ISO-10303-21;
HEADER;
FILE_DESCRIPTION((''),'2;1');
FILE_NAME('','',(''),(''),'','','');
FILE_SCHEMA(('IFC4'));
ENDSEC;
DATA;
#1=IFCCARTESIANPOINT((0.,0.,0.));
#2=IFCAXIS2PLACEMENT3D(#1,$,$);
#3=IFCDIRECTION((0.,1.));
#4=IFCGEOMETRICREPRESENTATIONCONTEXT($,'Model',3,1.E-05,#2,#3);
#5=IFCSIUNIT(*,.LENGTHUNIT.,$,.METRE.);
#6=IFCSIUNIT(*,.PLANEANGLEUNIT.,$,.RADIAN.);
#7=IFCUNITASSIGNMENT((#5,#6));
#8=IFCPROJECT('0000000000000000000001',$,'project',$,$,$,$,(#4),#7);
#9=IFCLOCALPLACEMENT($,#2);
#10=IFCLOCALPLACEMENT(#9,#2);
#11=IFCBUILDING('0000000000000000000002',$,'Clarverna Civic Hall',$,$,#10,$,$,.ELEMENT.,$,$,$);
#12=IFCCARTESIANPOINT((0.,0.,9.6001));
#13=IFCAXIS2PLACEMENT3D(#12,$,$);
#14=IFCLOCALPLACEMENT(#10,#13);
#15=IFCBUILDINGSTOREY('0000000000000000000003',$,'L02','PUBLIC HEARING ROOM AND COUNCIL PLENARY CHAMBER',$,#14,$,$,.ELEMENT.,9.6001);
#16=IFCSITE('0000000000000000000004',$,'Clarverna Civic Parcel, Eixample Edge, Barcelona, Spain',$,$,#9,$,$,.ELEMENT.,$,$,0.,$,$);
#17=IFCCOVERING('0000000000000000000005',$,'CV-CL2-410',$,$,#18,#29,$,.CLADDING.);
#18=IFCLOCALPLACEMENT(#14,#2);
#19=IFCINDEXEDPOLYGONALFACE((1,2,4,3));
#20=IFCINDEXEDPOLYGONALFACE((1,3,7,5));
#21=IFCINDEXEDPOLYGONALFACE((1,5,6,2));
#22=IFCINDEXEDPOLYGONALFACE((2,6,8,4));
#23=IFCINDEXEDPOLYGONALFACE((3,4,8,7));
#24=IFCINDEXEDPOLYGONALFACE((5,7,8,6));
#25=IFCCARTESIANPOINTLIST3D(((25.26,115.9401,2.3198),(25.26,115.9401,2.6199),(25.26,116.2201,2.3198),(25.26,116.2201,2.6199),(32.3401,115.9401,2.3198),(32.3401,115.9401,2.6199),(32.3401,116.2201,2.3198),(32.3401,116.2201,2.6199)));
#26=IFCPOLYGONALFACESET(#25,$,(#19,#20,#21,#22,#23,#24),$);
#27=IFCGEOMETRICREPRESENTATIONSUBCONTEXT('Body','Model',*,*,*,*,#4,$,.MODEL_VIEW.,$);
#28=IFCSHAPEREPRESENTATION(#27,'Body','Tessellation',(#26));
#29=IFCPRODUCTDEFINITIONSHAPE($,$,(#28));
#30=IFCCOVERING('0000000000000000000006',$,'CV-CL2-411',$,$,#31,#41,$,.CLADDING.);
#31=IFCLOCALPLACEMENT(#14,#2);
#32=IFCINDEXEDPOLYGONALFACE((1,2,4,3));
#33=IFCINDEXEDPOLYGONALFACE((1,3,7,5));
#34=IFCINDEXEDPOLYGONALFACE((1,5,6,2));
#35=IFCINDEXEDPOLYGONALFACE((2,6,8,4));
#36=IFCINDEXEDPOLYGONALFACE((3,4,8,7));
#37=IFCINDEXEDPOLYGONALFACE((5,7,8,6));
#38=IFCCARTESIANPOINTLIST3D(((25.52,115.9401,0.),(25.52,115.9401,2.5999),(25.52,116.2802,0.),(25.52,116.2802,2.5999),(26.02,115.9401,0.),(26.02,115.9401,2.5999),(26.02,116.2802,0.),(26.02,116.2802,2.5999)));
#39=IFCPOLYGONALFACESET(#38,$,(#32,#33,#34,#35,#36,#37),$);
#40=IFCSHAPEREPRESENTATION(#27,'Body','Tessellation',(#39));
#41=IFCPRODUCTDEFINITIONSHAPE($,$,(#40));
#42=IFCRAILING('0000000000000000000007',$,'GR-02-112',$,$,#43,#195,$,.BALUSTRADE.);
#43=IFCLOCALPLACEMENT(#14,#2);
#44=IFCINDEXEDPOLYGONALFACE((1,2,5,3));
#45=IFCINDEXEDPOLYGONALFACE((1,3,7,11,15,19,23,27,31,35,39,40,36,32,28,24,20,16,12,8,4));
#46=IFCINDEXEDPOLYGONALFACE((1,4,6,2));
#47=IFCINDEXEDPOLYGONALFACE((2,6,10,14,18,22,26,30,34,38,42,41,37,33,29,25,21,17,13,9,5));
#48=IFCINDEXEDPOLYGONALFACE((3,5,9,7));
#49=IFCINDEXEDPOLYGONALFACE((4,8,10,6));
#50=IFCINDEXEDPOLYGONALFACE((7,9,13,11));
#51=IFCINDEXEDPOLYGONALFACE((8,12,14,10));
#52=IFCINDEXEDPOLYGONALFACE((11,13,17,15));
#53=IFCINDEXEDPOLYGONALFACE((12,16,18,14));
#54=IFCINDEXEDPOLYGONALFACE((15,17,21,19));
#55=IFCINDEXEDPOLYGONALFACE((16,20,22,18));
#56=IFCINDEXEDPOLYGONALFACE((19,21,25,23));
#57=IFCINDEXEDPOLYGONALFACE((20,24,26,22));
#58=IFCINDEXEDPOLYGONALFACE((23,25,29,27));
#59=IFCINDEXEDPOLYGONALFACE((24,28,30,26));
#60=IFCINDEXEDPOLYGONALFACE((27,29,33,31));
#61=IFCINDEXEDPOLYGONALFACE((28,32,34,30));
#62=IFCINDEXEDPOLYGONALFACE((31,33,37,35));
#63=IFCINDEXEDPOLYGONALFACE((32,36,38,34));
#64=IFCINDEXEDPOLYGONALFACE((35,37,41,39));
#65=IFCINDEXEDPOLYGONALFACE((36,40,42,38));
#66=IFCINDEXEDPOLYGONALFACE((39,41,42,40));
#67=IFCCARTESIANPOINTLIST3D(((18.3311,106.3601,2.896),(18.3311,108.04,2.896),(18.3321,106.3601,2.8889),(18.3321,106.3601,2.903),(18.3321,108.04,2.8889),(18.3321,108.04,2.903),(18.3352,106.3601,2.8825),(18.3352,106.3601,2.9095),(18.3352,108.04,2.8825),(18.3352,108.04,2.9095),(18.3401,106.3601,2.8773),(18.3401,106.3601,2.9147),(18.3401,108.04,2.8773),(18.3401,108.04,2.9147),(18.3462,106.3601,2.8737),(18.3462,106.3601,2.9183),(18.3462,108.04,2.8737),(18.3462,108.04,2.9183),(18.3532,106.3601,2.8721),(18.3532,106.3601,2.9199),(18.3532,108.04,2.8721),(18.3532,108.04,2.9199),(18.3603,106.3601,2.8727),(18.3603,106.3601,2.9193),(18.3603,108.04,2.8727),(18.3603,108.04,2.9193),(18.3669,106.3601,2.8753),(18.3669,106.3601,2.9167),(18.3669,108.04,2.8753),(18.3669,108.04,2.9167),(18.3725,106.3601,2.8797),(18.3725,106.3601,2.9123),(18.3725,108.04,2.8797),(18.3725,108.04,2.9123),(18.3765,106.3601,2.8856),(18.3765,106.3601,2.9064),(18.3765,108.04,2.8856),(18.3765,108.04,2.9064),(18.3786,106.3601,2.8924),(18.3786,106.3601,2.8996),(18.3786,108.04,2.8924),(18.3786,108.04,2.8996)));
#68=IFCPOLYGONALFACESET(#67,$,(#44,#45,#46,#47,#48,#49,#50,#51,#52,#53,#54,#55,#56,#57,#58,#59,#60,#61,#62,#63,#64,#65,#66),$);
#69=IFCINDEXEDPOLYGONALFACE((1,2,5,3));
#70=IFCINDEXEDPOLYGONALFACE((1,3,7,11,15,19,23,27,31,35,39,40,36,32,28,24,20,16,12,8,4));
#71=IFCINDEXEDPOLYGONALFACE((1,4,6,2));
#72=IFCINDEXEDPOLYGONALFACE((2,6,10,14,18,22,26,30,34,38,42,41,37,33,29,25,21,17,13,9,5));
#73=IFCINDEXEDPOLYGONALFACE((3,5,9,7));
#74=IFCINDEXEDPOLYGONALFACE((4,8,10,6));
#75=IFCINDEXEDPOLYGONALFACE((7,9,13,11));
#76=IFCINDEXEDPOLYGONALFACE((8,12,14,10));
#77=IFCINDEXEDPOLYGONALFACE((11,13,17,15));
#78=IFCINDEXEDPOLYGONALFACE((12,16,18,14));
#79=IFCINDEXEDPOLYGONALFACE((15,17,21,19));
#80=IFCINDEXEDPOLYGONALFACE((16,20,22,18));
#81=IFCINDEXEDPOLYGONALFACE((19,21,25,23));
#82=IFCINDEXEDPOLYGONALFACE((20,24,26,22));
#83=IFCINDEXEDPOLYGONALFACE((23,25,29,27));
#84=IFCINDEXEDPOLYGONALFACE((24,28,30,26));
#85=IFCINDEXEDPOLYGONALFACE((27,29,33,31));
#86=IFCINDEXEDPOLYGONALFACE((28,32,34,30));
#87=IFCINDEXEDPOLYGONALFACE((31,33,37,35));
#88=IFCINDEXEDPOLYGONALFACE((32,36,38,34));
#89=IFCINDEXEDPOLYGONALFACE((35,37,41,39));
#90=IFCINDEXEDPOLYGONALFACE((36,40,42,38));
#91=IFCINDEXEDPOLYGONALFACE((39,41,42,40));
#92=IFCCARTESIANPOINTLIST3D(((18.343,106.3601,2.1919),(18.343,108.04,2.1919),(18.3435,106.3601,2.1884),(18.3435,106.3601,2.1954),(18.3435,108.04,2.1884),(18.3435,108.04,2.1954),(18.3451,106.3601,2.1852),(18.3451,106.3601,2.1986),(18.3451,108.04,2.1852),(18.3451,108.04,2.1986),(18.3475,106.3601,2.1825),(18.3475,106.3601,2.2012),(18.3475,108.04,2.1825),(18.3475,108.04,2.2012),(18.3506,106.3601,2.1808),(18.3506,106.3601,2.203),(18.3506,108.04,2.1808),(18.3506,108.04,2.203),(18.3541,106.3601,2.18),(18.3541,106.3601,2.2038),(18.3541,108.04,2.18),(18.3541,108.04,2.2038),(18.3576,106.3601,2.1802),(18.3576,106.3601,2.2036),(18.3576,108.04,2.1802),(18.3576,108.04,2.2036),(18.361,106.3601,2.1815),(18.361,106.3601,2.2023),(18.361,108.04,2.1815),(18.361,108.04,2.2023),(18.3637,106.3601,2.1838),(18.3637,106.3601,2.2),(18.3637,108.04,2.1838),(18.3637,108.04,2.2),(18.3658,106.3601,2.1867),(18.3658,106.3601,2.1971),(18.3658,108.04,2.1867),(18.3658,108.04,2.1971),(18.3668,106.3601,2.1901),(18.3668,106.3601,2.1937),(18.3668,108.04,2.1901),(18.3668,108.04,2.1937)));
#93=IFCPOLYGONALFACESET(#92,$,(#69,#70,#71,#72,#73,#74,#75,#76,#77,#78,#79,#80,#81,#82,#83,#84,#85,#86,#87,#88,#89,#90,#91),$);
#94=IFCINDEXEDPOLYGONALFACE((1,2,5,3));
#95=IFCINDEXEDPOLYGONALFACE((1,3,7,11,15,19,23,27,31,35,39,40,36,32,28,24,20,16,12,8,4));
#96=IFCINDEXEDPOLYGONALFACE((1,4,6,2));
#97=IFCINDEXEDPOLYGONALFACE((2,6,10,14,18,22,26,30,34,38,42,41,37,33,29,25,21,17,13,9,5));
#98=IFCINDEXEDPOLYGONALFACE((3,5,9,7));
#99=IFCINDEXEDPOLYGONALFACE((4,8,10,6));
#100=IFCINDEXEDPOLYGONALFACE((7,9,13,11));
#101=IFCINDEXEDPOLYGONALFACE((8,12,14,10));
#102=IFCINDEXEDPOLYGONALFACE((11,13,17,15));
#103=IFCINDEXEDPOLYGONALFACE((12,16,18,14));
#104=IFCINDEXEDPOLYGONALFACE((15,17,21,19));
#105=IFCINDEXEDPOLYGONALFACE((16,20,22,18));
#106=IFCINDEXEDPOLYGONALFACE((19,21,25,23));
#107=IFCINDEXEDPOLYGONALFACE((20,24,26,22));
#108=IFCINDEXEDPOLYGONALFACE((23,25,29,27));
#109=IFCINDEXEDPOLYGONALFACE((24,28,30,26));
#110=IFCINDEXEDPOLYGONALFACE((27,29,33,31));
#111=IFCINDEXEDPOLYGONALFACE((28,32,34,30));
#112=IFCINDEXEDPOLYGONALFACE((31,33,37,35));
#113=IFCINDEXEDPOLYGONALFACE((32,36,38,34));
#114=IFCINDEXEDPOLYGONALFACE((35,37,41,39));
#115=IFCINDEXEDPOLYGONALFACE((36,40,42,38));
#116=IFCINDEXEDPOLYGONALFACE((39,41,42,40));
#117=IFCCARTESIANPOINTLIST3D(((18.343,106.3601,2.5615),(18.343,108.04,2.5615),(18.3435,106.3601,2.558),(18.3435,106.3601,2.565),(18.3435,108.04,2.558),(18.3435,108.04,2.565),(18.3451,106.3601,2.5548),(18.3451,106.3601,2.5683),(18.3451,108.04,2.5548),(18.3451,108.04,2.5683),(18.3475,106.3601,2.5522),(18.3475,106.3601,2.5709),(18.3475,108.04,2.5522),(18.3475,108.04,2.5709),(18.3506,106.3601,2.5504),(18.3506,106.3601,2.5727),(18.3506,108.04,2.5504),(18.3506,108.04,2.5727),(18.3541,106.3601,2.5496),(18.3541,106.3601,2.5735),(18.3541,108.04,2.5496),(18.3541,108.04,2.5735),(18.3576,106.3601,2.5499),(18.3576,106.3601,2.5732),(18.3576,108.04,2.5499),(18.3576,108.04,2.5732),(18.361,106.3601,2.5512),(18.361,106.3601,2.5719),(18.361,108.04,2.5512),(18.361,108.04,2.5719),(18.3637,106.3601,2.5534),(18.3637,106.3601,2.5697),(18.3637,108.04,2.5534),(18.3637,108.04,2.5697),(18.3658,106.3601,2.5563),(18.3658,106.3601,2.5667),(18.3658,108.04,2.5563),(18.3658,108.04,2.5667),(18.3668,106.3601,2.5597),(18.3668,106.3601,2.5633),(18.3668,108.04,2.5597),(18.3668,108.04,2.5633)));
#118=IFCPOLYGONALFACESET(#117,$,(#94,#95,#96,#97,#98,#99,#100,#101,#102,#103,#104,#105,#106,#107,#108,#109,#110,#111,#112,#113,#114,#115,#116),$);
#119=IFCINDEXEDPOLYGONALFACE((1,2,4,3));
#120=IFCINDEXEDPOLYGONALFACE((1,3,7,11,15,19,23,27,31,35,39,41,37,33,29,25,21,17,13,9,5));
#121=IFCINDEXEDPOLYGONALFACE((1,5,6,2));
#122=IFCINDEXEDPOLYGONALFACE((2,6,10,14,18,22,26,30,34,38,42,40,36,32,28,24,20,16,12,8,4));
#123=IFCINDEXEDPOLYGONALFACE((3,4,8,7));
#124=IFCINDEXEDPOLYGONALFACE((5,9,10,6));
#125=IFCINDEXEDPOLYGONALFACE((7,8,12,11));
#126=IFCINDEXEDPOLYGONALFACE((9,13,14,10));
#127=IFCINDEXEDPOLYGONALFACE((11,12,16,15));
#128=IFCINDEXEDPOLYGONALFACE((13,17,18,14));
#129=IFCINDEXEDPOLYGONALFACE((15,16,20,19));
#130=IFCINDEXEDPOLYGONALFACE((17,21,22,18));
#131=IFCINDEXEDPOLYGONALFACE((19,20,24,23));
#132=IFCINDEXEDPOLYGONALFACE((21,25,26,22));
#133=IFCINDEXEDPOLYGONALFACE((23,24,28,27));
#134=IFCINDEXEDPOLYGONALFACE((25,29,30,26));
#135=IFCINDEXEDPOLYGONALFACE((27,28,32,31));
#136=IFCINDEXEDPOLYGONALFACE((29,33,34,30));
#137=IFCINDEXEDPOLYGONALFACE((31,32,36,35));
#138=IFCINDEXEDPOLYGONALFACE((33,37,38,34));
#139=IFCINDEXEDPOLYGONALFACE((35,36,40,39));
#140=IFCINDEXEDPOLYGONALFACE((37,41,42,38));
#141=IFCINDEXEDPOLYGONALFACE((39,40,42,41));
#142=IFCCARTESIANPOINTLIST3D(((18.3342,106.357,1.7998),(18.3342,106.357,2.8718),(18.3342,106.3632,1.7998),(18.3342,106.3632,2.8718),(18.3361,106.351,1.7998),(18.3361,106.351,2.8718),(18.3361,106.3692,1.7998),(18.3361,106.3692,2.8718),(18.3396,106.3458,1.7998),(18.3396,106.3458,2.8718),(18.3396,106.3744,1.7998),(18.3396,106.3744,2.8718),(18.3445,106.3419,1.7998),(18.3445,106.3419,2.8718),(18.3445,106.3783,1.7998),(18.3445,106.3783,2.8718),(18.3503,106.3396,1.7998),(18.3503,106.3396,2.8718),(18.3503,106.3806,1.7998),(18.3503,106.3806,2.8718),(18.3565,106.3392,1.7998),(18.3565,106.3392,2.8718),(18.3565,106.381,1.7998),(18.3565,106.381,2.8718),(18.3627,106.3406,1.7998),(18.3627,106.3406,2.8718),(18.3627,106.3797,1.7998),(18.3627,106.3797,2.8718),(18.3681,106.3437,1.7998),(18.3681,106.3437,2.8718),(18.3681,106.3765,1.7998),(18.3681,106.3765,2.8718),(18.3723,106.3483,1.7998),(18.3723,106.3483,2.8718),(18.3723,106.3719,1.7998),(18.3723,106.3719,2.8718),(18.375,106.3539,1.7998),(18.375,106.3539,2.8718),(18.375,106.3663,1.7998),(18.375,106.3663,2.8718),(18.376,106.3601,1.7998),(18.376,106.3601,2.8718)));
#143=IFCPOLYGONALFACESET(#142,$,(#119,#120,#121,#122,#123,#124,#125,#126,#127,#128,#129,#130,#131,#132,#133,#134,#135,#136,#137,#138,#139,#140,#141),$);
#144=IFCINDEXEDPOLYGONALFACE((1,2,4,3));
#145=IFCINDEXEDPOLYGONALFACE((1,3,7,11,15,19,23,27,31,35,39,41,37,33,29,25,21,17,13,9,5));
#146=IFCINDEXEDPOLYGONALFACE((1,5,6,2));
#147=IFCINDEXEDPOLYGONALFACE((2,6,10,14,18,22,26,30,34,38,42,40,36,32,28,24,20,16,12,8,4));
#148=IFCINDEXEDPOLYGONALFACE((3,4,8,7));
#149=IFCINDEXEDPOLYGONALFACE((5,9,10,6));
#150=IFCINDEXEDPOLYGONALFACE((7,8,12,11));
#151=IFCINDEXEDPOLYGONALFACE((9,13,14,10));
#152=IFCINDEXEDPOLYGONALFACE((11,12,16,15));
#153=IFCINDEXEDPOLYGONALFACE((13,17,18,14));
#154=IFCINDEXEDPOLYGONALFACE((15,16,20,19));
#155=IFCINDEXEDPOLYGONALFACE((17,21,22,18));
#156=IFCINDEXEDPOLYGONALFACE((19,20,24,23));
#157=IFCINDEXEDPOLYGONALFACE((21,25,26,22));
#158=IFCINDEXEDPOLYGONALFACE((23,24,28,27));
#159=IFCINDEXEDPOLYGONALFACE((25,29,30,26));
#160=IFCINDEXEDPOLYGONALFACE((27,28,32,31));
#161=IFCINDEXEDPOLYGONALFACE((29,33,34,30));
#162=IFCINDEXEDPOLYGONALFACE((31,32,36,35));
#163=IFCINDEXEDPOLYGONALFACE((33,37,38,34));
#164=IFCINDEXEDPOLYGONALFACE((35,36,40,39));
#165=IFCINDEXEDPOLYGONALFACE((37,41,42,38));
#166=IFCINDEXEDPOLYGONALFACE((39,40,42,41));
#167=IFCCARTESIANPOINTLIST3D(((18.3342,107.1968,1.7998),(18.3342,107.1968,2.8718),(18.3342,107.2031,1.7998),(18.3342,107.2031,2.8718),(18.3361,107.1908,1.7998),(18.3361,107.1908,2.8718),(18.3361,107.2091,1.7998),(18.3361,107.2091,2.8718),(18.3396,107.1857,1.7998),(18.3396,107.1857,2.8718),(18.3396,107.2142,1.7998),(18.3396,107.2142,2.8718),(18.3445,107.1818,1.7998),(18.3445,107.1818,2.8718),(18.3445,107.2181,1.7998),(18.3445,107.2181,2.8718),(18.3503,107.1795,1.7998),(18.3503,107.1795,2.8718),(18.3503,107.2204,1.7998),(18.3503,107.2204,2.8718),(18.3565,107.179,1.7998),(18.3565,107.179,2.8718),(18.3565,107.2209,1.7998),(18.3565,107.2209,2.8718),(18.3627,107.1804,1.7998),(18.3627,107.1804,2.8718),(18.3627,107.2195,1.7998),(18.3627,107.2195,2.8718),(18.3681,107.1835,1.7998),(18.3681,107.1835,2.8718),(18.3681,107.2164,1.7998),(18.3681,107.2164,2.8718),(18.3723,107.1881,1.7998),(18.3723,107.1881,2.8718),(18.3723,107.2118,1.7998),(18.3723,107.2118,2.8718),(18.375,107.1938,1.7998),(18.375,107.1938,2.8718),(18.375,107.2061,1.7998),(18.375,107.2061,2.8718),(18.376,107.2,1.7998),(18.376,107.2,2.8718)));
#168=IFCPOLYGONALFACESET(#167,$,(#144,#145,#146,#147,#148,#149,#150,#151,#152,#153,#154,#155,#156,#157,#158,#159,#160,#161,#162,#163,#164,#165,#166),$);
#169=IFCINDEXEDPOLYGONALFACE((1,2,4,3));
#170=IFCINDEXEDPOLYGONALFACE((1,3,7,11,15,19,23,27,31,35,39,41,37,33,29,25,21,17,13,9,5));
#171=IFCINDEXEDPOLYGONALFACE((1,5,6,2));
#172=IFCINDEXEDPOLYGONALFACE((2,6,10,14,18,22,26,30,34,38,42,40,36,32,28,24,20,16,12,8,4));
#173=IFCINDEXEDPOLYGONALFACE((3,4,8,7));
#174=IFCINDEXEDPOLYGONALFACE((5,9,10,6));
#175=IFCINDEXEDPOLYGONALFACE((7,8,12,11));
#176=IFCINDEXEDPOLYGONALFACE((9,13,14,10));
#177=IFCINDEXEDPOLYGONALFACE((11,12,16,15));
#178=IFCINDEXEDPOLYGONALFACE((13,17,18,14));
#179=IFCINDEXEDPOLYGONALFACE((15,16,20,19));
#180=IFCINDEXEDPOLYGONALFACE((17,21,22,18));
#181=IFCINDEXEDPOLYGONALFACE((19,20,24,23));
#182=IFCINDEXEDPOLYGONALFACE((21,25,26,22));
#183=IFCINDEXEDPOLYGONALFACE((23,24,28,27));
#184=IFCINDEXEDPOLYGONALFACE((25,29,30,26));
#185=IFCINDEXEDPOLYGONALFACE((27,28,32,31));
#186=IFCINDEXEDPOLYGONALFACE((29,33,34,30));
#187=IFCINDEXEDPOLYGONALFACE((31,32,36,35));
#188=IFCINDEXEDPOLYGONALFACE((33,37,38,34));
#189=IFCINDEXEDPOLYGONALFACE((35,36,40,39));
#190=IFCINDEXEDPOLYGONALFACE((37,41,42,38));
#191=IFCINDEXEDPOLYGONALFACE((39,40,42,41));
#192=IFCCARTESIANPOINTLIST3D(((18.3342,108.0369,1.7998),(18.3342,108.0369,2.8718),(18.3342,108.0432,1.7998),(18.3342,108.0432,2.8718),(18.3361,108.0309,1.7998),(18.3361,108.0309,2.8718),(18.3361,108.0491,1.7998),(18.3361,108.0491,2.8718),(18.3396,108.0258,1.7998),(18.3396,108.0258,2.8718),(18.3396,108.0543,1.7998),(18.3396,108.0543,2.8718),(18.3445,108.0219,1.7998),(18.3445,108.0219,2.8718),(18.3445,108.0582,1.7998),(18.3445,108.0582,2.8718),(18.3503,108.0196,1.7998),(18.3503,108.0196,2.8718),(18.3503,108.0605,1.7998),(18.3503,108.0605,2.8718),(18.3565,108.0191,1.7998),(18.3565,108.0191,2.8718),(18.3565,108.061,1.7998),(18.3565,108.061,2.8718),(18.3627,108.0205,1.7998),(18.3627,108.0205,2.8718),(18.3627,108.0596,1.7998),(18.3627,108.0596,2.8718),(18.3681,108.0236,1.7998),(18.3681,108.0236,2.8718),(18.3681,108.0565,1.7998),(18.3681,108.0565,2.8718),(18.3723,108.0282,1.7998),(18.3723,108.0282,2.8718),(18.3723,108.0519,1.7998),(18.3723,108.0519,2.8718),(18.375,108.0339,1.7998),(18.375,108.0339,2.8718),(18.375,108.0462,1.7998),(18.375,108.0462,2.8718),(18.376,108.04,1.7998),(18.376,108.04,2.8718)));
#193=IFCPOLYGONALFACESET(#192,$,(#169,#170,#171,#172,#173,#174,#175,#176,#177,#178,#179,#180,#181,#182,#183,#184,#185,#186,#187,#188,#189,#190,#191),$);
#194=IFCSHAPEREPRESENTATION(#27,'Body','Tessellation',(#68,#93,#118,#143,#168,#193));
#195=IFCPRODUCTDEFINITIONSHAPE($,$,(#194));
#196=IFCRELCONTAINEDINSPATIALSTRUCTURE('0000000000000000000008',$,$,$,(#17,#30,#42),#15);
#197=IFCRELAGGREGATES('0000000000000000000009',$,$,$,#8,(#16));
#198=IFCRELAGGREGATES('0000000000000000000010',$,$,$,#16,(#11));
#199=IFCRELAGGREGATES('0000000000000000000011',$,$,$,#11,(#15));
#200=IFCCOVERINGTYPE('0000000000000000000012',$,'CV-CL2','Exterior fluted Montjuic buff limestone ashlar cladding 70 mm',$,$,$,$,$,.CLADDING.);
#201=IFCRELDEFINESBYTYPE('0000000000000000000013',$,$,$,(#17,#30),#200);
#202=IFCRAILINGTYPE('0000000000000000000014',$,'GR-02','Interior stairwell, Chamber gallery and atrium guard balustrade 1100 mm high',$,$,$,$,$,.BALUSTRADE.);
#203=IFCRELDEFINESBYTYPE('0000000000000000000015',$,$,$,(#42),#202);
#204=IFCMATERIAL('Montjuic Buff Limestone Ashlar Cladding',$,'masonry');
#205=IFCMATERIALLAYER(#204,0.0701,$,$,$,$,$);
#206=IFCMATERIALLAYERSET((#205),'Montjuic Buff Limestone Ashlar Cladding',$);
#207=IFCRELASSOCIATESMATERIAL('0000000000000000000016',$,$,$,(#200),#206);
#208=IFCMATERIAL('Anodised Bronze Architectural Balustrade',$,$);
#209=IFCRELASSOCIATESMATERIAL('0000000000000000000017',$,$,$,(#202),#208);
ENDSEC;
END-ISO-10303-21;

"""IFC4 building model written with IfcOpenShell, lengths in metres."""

from ifc_helpers import new_model, si_unit, direction, frame, frame_2d, origin, origin_2d, place, context, subcontext, project, spatial, rectangle, circle, extrude, material, layer, layer_set, type_object, element, save


model = new_model("IFC4")

# Units and contexts
model_context = context("Model", 3, precision=1e-05, world=origin(), true_north=direction((0.0, 1.0)))
body_context = subcontext(model_context, "Body", "Model", "MODEL_VIEW")
ifc_project = project(units=[si_unit("LENGTHUNIT", "METRE"), si_unit("PLANEANGLEUNIT", "RADIAN")], contexts=[model_context])

# Site, building, storey
site_placement = place(None, origin())
site = spatial("IfcSite", under=ifc_project, at=site_placement, Name="Clarverna Civic Parcel, Eixample Edge, Barcelona, Spain", CompositionType="ELEMENT", RefElevation=0.0)
building_placement = place(site_placement, origin())
building = spatial("IfcBuilding", under=site, at=building_placement, Name="Clarverna Civic Hall", CompositionType="ELEMENT")
storey_placement = place(building_placement, frame((0.0, 0.0, 9.6001)))
storey = spatial("IfcBuildingStorey", under=building, at=storey_placement, Name="L02", Description="PUBLIC HEARING ROOM AND COUNCIL PLENARY CHAMBER", CompositionType="ELEMENT", Elevation=9.6001)

# Coverings
ifc_material_1 = material(Name="Montjuic Buff Limestone Ashlar Cladding", Category="masonry")
ifc_layer_1 = layer(ifc_material_1, 0.0701)
ifc_layer_set_1 = layer_set([ifc_layer_1], Name="Montjuic Buff Limestone Ashlar Cladding")
covering_type = type_object("IfcCoveringType", Name="CV-CL2", Description="Exterior fluted Montjuic buff limestone ashlar cladding 70 mm", PredefinedType="CLADDING", material=ifc_layer_set_1)
covering_1_placement = place(storey_placement, frame((25.26, 116.0801, 2.3198), z_axis=(0.0, 0.0, 1.0), x_axis=(1.0, 0.0, 0.0)))
element("IfcCovering", 1, at=covering_1_placement, inside=storey, type_object=covering_type, Name="CV-CL2-410", PredefinedType="CLADDING", context=body_context, shape_type="SweptSolid", body=[
    extrude(rectangle(XDim=7.0801, YDim=0.28, at=frame_2d((3.54, 0.0))), origin(), (0.0, 0.0, 1.0), 0.3),
])
covering_2_placement = place(storey_placement, frame((25.52, 116.1101, 0.0), z_axis=(0.0, 0.0, 1.0), x_axis=(1.0, 0.0, 0.0)))
element("IfcCovering", 2, at=covering_2_placement, inside=storey, type_object=covering_type, Name="CV-CL2-411", PredefinedType="CLADDING", context=body_context, shape_type="SweptSolid", body=[
    extrude(rectangle(XDim=0.5, YDim=0.3401, at=frame_2d((0.25, 0.0))), origin(), (0.0, 0.0, 1.0), 2.5999),
])

# Railing
ifc_material_2 = material(Name="Anodised Bronze Architectural Balustrade")
railing_type_1 = type_object("IfcRailingType", Name="GR-02", Description="Interior stairwell, Chamber gallery and atrium guard balustrade 1100 mm high", PredefinedType="BALUSTRADE", material=ifc_material_2)
railing_1_placement = place(storey_placement, frame((18.355, 106.3601, 1.7998)))
element("IfcRailing", 3, at=railing_1_placement, inside=storey, type_object=railing_type_1, Name="GR-02-112", PredefinedType="BALUSTRADE", context=body_context, shape_type="SweptSolid", body=[
    extrude(circle(Radius=0.0239, at=origin_2d()), frame((0.0, 0.0, 1.0962), z_axis=(0.0, 1.0, 0.0), x_axis=(-1.0, 0.0, 0.0)), (0.0, 0.0, 1.0), 1.6799),
    extrude(circle(Radius=0.012, at=origin_2d()), frame((0.0, 0.0, 0.3921), z_axis=(0.0, 1.0, 0.0), x_axis=(-1.0, 0.0, 0.0)), (0.0, 0.0, 1.0), 1.6799),
    extrude(circle(Radius=0.012, at=origin_2d()), frame((0.0, 0.0, 0.7617), z_axis=(0.0, 1.0, 0.0), x_axis=(-1.0, 0.0, 0.0)), (0.0, 0.0, 1.0), 1.6799),
    extrude(circle(Radius=0.021, at=origin_2d()), origin(), (0.0, 0.0, 1.0), 1.072),
    extrude(circle(Radius=0.021, at=origin_2d()), frame((0.0, 0.8398, 0.0)), (0.0, 0.0, 1.0), 1.072),
    extrude(circle(Radius=0.021, at=origin_2d()), frame((0.0, 1.6799, 0.0)), (0.0, 0.0, 1.0), 1.072),
])

save(model, "model.ifc")
